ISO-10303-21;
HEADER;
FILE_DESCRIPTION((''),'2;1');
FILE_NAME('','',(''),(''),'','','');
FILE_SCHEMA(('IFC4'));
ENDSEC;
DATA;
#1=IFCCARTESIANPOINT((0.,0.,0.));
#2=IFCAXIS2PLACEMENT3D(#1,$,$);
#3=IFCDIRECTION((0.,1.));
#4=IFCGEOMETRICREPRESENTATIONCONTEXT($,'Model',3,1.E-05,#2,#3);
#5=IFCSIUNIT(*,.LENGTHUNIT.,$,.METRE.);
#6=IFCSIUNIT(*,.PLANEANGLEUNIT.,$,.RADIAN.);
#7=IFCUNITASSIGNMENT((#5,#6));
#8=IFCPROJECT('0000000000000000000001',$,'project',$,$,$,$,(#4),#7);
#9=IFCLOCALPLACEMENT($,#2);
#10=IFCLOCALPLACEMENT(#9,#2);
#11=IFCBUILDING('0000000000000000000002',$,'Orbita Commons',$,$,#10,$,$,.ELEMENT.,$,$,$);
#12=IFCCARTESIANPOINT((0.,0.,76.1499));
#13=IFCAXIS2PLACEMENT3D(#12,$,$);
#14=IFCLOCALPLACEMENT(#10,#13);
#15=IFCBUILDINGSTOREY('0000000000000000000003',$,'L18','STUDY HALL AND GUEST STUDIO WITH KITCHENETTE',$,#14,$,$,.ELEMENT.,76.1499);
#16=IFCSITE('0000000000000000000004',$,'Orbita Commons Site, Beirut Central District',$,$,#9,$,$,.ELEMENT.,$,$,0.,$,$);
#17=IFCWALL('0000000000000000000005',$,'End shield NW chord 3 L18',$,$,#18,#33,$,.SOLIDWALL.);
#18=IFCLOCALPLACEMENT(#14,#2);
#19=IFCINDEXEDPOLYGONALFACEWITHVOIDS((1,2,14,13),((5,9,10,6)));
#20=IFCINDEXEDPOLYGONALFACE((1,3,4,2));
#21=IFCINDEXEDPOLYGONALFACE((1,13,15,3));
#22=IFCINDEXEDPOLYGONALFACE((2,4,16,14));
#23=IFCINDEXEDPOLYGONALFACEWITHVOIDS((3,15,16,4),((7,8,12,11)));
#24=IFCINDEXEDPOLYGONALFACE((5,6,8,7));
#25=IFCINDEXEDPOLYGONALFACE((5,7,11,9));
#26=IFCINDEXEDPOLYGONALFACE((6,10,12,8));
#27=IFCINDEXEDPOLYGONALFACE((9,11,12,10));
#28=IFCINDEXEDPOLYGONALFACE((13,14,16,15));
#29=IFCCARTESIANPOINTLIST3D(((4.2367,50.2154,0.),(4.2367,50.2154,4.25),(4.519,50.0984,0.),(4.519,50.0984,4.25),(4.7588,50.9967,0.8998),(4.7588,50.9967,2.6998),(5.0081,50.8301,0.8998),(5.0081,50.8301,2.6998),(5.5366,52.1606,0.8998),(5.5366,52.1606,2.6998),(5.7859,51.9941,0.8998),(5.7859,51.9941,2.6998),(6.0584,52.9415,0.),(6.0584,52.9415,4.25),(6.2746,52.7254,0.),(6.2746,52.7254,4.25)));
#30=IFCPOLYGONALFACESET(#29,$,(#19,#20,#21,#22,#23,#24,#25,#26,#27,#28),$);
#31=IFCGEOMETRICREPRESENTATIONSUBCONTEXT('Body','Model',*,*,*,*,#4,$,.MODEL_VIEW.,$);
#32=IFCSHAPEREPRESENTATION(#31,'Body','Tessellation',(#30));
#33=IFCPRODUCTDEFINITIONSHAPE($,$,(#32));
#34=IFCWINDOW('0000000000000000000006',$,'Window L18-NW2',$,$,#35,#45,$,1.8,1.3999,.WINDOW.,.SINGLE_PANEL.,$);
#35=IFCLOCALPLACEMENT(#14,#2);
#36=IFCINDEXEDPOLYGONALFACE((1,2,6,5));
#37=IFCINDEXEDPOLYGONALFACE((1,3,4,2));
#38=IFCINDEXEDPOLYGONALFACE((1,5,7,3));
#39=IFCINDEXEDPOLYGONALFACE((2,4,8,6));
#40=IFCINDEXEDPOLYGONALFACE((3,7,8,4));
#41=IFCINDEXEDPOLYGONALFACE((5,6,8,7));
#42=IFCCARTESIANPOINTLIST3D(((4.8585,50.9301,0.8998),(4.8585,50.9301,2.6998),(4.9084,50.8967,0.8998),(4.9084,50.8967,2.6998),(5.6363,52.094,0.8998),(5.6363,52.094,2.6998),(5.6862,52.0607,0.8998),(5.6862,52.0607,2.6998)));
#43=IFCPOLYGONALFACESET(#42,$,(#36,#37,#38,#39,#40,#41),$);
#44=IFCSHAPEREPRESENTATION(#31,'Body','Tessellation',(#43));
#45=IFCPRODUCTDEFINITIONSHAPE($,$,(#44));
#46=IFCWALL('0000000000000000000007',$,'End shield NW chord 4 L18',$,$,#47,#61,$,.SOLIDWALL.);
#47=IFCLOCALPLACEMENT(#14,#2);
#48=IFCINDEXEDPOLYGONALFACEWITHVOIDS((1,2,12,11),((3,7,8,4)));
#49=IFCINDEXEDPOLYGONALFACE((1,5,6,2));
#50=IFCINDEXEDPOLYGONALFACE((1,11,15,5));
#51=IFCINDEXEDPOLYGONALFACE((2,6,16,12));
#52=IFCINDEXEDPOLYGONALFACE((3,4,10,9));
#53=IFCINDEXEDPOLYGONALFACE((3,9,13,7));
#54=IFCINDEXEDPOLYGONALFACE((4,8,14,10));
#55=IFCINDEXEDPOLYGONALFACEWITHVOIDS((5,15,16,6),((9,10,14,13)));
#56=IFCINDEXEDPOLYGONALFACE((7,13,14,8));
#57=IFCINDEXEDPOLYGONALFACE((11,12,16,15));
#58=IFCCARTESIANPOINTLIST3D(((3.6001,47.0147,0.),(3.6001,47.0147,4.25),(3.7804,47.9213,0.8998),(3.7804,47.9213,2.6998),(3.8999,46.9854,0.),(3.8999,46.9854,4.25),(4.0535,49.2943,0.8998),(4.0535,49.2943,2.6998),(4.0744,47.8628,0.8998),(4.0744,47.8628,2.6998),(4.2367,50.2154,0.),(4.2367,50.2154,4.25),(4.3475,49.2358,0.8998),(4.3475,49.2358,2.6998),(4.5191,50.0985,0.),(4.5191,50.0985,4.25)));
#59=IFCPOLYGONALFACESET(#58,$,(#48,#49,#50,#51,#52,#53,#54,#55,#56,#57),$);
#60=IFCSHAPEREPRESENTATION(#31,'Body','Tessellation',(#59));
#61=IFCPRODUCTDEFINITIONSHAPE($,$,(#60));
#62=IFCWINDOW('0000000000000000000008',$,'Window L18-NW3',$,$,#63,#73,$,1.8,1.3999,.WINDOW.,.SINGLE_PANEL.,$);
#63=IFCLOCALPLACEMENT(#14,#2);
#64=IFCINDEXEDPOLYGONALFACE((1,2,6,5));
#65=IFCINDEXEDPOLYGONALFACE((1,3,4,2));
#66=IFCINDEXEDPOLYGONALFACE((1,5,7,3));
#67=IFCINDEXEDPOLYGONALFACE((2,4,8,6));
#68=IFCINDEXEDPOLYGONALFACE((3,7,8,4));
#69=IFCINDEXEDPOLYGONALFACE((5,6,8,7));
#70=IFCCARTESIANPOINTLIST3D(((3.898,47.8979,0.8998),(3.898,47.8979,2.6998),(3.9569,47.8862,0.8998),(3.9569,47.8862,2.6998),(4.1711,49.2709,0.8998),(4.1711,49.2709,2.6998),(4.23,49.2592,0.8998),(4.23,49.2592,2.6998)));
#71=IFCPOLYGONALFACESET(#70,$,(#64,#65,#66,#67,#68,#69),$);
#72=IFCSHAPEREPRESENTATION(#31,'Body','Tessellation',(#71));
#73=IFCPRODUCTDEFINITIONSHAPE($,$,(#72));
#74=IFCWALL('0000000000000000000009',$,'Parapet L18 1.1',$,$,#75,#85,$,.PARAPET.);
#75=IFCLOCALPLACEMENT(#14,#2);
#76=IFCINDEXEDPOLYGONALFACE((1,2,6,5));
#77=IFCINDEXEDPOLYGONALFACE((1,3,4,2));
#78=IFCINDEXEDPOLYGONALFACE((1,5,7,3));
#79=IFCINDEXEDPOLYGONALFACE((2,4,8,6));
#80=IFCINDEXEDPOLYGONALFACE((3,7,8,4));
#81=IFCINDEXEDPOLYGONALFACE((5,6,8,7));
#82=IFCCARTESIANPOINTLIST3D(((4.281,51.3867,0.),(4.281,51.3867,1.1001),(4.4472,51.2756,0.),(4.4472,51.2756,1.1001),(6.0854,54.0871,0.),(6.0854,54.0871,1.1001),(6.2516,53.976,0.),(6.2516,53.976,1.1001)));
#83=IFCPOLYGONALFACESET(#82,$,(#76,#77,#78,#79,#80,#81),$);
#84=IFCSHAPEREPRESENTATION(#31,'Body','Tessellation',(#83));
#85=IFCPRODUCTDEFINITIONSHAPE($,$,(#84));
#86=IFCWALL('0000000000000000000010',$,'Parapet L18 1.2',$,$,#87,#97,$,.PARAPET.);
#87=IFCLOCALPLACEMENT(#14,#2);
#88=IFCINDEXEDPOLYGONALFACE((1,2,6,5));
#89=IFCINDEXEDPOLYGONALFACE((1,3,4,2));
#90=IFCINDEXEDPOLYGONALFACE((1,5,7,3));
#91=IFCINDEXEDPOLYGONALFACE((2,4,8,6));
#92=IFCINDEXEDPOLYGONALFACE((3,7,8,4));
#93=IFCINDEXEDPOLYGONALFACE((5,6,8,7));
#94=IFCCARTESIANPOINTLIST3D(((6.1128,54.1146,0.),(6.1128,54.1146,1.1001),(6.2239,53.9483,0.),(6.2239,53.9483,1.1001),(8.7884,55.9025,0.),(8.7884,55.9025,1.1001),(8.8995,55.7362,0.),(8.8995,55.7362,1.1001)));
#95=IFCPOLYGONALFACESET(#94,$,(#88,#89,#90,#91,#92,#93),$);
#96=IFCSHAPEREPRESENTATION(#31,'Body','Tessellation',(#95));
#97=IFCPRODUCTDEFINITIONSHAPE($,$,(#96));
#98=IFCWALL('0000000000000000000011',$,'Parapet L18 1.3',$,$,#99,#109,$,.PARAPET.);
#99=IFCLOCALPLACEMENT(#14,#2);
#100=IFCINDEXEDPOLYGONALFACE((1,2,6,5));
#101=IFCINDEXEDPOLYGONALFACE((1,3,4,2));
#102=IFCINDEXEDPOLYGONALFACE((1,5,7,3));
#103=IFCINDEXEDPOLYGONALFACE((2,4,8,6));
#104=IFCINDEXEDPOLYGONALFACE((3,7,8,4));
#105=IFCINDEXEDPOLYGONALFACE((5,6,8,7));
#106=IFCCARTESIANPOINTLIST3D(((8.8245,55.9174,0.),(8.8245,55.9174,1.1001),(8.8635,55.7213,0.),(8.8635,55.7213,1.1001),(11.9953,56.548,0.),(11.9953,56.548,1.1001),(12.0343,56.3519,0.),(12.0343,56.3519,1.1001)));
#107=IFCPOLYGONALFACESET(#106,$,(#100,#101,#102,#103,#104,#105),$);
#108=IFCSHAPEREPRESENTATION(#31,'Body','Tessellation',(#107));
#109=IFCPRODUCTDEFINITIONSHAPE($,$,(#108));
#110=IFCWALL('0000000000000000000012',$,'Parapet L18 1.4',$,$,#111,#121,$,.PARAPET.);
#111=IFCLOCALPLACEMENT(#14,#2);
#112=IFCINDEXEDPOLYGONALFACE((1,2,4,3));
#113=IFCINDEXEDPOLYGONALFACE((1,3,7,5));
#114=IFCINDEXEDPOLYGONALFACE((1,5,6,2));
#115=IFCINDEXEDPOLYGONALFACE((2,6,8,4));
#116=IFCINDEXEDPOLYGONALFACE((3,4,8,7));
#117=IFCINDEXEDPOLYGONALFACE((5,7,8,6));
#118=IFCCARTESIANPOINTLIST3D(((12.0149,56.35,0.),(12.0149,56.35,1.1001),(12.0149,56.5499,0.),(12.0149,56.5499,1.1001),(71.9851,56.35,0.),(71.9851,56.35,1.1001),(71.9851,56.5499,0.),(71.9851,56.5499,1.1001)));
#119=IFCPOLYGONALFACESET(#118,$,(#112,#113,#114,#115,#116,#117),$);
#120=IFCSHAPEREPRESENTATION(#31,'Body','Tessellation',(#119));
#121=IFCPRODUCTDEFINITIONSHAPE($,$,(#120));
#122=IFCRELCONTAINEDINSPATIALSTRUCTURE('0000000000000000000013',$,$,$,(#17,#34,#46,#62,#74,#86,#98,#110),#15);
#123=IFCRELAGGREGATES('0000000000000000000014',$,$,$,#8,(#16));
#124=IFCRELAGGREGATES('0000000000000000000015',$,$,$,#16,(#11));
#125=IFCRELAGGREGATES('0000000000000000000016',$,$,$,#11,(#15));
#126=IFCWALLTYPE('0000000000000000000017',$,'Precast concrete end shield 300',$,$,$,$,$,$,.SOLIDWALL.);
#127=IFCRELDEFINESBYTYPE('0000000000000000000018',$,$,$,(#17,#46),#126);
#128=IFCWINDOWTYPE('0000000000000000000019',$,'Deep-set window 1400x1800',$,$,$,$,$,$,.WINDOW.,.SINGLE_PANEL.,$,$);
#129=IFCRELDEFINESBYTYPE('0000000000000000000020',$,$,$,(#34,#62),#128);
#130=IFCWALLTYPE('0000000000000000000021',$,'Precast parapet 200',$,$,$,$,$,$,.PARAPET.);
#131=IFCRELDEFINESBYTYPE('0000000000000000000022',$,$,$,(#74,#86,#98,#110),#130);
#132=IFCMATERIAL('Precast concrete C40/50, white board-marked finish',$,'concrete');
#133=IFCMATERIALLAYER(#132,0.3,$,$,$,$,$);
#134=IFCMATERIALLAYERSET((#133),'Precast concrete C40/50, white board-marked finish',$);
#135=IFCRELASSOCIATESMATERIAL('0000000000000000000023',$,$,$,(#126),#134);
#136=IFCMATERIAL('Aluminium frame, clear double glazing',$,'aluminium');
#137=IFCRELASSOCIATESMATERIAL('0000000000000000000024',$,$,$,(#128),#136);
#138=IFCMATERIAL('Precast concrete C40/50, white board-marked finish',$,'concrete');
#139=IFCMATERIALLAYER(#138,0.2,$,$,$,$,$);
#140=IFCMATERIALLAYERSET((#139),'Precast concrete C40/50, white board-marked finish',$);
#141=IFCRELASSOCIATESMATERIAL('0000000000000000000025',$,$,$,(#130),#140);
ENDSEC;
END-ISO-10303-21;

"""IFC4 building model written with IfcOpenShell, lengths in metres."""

from ifc_helpers import new_model, si_unit, direction, frame, frame_2d, origin, place, context, subcontext, project, spatial, polyline, rectangle, outline, extrude, material, layer, layer_set, type_object, element, fill, save


model = new_model("IFC4")

# Units and contexts
model_context = context("Model", 3, precision=1e-05, world=origin(), true_north=direction((0.0, 1.0)))
body_context = subcontext(model_context, "Body", "Model", "MODEL_VIEW")
ifc_project = project(units=[si_unit("LENGTHUNIT", "METRE"), si_unit("PLANEANGLEUNIT", "RADIAN")], contexts=[model_context])

# Site, building, storey
site_placement = place(None, origin())
site = spatial("IfcSite", under=ifc_project, at=site_placement, Name="Orbita Commons Site, Beirut Central District", CompositionType="ELEMENT", RefElevation=0.0)
building_placement = place(site_placement, origin())
building = spatial("IfcBuilding", under=site, at=building_placement, Name="Orbita Commons", CompositionType="ELEMENT")
storey_placement = place(building_placement, frame((0.0, 0.0, 76.1499)))
storey = spatial("IfcBuildingStorey", under=building, at=storey_placement, Name="L18", Description="STUDY HALL AND GUEST STUDIO WITH KITCHENETTE", CompositionType="ELEMENT", Elevation=76.1499)

# Walls, openings, windows
ifc_material_1 = material(Name="Precast concrete C40/50, white board-marked finish", Category="concrete")
ifc_layer_1 = layer(ifc_material_1, 0.3)
ifc_layer_set_1 = layer_set([ifc_layer_1], Name="Precast concrete C40/50, white board-marked finish")
wall_type_1 = type_object("IfcWallType", Name="Precast concrete end shield 300", PredefinedType="SOLIDWALL", material=ifc_layer_set_1)
ifc_material_2 = material(Name="Aluminium frame, clear double glazing", Category="aluminium")
window_type = type_object("IfcWindowType", Name="Deep-set window 1400x1800", PartitioningType="SINGLE_PANEL", PredefinedType="WINDOW", material=ifc_material_2)
wall_1_placement = place(storey_placement, frame((6.1665, 52.8335, 0.0), z_axis=(0.0, 0.0, 1.0), x_axis=(-0.55561, -0.831443, 0.0)))
wall_1 = element("IfcWall", 1, at=wall_1_placement, inside=storey, type_object=wall_type_1, Name="End shield NW chord 3 L18", PredefinedType="SOLIDWALL", context=body_context, shape_type="SweptSolid", body=[
    extrude(outline(polyline([(-0.0298, -0.1499), (3.249, -0.1499), (3.1895, 0.1499), (0.0298, 0.1499), (-0.0298, -0.1499)])), origin(), (0.0, 0.0, 1.0), 4.25),
])
opening_1_placement = place(wall_1_placement, frame((0.9094, 0.0, 0.8999)))
opening_1 = element("IfcOpeningElement", 2, at=opening_1_placement, cuts=wall_1, PredefinedType="OPENING", context=body_context, shape_type="SweptSolid", body=[
    extrude(rectangle(XDim=1.3999, YDim=1.8, at=frame_2d((0.7, 0.8999))), frame((0.0, 0.1599, 0.0), z_axis=(0.0, -1.0, 0.0), x_axis=(1.0, 0.0, 0.0)), (0.0, 0.0, 1.0), 0.3201),
])
window_1_placement = place(opening_1_placement, origin())
window_1 = element("IfcWindow", 3, at=window_1_placement, inside=storey, type_object=window_type, Name="Window L18-NW2", OverallHeight=1.8, OverallWidth=1.3999, PartitioningType="SINGLE_PANEL", PredefinedType="WINDOW", context=body_context, shape_type="SweptSolid", body=[
    extrude(rectangle(XDim=1.3999, YDim=1.8, at=frame_2d((0.7, 0.8999))), frame((0.0, 0.03, 0.0), z_axis=(0.0, -1.0, 0.0), x_axis=(1.0, 0.0, 0.0)), (0.0, 0.0, 1.0), 0.0601),
])
fill(opening_1, window_1)
wall_2_placement = place(storey_placement, frame((4.3779, 50.157, 0.0), z_axis=(0.0, 0.0, 1.0), x_axis=(-0.19508, -0.980787, 0.0)))
wall_2 = element("IfcWall", 4, at=wall_2_placement, inside=storey, type_object=wall_type_1, Name="End shield NW chord 4 L18", PredefinedType="SOLIDWALL", context=body_context, shape_type="SweptSolid", body=[
    extrude(outline(polyline([(-0.0298, -0.1499), (3.2336, -0.1499), (3.2039, 0.1499), (0.0298, 0.1499), (-0.0298, -0.1499)])), origin(), (0.0, 0.0, 1.0), 4.25),
])
opening_2_placement = place(wall_2_placement, frame((0.9094, 0.0, 0.8999)))
opening_2 = element("IfcOpeningElement", 5, at=opening_2_placement, cuts=wall_2, PredefinedType="OPENING", context=body_context, shape_type="SweptSolid", body=[
    extrude(rectangle(XDim=1.3999, YDim=1.8, at=frame_2d((0.7, 0.8999))), frame((0.0, 0.1599, 0.0), z_axis=(0.0, -1.0, 0.0), x_axis=(1.0, 0.0, 0.0)), (0.0, 0.0, 1.0), 0.3201),
])
window_2_placement = place(opening_2_placement, origin())
window_2 = element("IfcWindow", 6, at=window_2_placement, inside=storey, type_object=window_type, Name="Window L18-NW3", OverallHeight=1.8, OverallWidth=1.3999, PartitioningType="SINGLE_PANEL", PredefinedType="WINDOW", context=body_context, shape_type="SweptSolid", body=[
    extrude(rectangle(XDim=1.3999, YDim=1.8, at=frame_2d((0.7, 0.8999))), frame((0.0, 0.03, 0.0), z_axis=(0.0, -1.0, 0.0), x_axis=(1.0, 0.0, 0.0)), (0.0, 0.0, 1.0), 0.0601),
])
fill(opening_2, window_2)

# Walls
ifc_material_3 = material(Name="Precast concrete C40/50, white board-marked finish", Category="concrete")
ifc_layer_2 = layer(ifc_material_3, 0.2)
ifc_layer_set_2 = layer_set([ifc_layer_2], Name="Precast concrete C40/50, white board-marked finish")
wall_type_2 = type_object("IfcWallType", Name="Precast parapet 200", PredefinedType="PARAPET", material=ifc_layer_set_2)
wall_3_placement = place(storey_placement, frame((4.364, 51.3311, 0.0), z_axis=(0.0, 0.0, 1.0), x_axis=(0.555585, 0.83146, 0.0)))
element("IfcWall", 7, at=wall_3_placement, inside=storey, type_object=wall_type_2, Name="Parapet L18 1.1", PredefinedType="PARAPET", context=body_context, shape_type="SweptSolid", body=[
    extrude(rectangle(XDim=3.2478, YDim=0.2, at=frame_2d((1.624, 0.0))), origin(), (0.0, 0.0, 1.0), 1.1001),
])
wall_4_placement = place(storey_placement, frame((6.1685, 54.0315, 0.0), z_axis=(0.0, 0.0, 1.0), x_axis=(0.831455, 0.555593, 0.0)))
element("IfcWall", 8, at=wall_4_placement, inside=storey, type_object=wall_type_2, Name="Parapet L18 1.2", PredefinedType="PARAPET", context=body_context, shape_type="SweptSolid", body=[
    extrude(rectangle(XDim=3.218, YDim=0.2, at=frame_2d((1.6089, 0.0))), origin(), (0.0, 0.0, 1.0), 1.1001),
])
wall_5_placement = place(storey_placement, frame((8.844, 55.8193, 0.0), z_axis=(0.0, 0.0, 1.0), x_axis=(0.980792, 0.195056, 0.0)))
element("IfcWall", 9, at=wall_5_placement, inside=storey, type_object=wall_type_2, Name="Parapet L18 1.3", PredefinedType="PARAPET", context=body_context, shape_type="SweptSolid", body=[
    extrude(rectangle(XDim=3.2329, YDim=0.2, at=frame_2d((1.6165, 0.0))), origin(), (0.0, 0.0, 1.0), 1.1001),
])
wall_6_placement = place(storey_placement, frame((12.0149, 56.45, 0.0), z_axis=(0.0, 0.0, 1.0), x_axis=(1.0, 0.0, 0.0)))
element("IfcWall", 10, at=wall_6_placement, inside=storey, type_object=wall_type_2, Name="Parapet L18 1.4", PredefinedType="PARAPET", context=body_context, shape_type="SweptSolid", body=[
    extrude(rectangle(XDim=59.9702, YDim=0.2, at=frame_2d((29.9851, 0.0))), origin(), (0.0, 0.0, 1.0), 1.1001),
])

save(model, "model.ifc")
